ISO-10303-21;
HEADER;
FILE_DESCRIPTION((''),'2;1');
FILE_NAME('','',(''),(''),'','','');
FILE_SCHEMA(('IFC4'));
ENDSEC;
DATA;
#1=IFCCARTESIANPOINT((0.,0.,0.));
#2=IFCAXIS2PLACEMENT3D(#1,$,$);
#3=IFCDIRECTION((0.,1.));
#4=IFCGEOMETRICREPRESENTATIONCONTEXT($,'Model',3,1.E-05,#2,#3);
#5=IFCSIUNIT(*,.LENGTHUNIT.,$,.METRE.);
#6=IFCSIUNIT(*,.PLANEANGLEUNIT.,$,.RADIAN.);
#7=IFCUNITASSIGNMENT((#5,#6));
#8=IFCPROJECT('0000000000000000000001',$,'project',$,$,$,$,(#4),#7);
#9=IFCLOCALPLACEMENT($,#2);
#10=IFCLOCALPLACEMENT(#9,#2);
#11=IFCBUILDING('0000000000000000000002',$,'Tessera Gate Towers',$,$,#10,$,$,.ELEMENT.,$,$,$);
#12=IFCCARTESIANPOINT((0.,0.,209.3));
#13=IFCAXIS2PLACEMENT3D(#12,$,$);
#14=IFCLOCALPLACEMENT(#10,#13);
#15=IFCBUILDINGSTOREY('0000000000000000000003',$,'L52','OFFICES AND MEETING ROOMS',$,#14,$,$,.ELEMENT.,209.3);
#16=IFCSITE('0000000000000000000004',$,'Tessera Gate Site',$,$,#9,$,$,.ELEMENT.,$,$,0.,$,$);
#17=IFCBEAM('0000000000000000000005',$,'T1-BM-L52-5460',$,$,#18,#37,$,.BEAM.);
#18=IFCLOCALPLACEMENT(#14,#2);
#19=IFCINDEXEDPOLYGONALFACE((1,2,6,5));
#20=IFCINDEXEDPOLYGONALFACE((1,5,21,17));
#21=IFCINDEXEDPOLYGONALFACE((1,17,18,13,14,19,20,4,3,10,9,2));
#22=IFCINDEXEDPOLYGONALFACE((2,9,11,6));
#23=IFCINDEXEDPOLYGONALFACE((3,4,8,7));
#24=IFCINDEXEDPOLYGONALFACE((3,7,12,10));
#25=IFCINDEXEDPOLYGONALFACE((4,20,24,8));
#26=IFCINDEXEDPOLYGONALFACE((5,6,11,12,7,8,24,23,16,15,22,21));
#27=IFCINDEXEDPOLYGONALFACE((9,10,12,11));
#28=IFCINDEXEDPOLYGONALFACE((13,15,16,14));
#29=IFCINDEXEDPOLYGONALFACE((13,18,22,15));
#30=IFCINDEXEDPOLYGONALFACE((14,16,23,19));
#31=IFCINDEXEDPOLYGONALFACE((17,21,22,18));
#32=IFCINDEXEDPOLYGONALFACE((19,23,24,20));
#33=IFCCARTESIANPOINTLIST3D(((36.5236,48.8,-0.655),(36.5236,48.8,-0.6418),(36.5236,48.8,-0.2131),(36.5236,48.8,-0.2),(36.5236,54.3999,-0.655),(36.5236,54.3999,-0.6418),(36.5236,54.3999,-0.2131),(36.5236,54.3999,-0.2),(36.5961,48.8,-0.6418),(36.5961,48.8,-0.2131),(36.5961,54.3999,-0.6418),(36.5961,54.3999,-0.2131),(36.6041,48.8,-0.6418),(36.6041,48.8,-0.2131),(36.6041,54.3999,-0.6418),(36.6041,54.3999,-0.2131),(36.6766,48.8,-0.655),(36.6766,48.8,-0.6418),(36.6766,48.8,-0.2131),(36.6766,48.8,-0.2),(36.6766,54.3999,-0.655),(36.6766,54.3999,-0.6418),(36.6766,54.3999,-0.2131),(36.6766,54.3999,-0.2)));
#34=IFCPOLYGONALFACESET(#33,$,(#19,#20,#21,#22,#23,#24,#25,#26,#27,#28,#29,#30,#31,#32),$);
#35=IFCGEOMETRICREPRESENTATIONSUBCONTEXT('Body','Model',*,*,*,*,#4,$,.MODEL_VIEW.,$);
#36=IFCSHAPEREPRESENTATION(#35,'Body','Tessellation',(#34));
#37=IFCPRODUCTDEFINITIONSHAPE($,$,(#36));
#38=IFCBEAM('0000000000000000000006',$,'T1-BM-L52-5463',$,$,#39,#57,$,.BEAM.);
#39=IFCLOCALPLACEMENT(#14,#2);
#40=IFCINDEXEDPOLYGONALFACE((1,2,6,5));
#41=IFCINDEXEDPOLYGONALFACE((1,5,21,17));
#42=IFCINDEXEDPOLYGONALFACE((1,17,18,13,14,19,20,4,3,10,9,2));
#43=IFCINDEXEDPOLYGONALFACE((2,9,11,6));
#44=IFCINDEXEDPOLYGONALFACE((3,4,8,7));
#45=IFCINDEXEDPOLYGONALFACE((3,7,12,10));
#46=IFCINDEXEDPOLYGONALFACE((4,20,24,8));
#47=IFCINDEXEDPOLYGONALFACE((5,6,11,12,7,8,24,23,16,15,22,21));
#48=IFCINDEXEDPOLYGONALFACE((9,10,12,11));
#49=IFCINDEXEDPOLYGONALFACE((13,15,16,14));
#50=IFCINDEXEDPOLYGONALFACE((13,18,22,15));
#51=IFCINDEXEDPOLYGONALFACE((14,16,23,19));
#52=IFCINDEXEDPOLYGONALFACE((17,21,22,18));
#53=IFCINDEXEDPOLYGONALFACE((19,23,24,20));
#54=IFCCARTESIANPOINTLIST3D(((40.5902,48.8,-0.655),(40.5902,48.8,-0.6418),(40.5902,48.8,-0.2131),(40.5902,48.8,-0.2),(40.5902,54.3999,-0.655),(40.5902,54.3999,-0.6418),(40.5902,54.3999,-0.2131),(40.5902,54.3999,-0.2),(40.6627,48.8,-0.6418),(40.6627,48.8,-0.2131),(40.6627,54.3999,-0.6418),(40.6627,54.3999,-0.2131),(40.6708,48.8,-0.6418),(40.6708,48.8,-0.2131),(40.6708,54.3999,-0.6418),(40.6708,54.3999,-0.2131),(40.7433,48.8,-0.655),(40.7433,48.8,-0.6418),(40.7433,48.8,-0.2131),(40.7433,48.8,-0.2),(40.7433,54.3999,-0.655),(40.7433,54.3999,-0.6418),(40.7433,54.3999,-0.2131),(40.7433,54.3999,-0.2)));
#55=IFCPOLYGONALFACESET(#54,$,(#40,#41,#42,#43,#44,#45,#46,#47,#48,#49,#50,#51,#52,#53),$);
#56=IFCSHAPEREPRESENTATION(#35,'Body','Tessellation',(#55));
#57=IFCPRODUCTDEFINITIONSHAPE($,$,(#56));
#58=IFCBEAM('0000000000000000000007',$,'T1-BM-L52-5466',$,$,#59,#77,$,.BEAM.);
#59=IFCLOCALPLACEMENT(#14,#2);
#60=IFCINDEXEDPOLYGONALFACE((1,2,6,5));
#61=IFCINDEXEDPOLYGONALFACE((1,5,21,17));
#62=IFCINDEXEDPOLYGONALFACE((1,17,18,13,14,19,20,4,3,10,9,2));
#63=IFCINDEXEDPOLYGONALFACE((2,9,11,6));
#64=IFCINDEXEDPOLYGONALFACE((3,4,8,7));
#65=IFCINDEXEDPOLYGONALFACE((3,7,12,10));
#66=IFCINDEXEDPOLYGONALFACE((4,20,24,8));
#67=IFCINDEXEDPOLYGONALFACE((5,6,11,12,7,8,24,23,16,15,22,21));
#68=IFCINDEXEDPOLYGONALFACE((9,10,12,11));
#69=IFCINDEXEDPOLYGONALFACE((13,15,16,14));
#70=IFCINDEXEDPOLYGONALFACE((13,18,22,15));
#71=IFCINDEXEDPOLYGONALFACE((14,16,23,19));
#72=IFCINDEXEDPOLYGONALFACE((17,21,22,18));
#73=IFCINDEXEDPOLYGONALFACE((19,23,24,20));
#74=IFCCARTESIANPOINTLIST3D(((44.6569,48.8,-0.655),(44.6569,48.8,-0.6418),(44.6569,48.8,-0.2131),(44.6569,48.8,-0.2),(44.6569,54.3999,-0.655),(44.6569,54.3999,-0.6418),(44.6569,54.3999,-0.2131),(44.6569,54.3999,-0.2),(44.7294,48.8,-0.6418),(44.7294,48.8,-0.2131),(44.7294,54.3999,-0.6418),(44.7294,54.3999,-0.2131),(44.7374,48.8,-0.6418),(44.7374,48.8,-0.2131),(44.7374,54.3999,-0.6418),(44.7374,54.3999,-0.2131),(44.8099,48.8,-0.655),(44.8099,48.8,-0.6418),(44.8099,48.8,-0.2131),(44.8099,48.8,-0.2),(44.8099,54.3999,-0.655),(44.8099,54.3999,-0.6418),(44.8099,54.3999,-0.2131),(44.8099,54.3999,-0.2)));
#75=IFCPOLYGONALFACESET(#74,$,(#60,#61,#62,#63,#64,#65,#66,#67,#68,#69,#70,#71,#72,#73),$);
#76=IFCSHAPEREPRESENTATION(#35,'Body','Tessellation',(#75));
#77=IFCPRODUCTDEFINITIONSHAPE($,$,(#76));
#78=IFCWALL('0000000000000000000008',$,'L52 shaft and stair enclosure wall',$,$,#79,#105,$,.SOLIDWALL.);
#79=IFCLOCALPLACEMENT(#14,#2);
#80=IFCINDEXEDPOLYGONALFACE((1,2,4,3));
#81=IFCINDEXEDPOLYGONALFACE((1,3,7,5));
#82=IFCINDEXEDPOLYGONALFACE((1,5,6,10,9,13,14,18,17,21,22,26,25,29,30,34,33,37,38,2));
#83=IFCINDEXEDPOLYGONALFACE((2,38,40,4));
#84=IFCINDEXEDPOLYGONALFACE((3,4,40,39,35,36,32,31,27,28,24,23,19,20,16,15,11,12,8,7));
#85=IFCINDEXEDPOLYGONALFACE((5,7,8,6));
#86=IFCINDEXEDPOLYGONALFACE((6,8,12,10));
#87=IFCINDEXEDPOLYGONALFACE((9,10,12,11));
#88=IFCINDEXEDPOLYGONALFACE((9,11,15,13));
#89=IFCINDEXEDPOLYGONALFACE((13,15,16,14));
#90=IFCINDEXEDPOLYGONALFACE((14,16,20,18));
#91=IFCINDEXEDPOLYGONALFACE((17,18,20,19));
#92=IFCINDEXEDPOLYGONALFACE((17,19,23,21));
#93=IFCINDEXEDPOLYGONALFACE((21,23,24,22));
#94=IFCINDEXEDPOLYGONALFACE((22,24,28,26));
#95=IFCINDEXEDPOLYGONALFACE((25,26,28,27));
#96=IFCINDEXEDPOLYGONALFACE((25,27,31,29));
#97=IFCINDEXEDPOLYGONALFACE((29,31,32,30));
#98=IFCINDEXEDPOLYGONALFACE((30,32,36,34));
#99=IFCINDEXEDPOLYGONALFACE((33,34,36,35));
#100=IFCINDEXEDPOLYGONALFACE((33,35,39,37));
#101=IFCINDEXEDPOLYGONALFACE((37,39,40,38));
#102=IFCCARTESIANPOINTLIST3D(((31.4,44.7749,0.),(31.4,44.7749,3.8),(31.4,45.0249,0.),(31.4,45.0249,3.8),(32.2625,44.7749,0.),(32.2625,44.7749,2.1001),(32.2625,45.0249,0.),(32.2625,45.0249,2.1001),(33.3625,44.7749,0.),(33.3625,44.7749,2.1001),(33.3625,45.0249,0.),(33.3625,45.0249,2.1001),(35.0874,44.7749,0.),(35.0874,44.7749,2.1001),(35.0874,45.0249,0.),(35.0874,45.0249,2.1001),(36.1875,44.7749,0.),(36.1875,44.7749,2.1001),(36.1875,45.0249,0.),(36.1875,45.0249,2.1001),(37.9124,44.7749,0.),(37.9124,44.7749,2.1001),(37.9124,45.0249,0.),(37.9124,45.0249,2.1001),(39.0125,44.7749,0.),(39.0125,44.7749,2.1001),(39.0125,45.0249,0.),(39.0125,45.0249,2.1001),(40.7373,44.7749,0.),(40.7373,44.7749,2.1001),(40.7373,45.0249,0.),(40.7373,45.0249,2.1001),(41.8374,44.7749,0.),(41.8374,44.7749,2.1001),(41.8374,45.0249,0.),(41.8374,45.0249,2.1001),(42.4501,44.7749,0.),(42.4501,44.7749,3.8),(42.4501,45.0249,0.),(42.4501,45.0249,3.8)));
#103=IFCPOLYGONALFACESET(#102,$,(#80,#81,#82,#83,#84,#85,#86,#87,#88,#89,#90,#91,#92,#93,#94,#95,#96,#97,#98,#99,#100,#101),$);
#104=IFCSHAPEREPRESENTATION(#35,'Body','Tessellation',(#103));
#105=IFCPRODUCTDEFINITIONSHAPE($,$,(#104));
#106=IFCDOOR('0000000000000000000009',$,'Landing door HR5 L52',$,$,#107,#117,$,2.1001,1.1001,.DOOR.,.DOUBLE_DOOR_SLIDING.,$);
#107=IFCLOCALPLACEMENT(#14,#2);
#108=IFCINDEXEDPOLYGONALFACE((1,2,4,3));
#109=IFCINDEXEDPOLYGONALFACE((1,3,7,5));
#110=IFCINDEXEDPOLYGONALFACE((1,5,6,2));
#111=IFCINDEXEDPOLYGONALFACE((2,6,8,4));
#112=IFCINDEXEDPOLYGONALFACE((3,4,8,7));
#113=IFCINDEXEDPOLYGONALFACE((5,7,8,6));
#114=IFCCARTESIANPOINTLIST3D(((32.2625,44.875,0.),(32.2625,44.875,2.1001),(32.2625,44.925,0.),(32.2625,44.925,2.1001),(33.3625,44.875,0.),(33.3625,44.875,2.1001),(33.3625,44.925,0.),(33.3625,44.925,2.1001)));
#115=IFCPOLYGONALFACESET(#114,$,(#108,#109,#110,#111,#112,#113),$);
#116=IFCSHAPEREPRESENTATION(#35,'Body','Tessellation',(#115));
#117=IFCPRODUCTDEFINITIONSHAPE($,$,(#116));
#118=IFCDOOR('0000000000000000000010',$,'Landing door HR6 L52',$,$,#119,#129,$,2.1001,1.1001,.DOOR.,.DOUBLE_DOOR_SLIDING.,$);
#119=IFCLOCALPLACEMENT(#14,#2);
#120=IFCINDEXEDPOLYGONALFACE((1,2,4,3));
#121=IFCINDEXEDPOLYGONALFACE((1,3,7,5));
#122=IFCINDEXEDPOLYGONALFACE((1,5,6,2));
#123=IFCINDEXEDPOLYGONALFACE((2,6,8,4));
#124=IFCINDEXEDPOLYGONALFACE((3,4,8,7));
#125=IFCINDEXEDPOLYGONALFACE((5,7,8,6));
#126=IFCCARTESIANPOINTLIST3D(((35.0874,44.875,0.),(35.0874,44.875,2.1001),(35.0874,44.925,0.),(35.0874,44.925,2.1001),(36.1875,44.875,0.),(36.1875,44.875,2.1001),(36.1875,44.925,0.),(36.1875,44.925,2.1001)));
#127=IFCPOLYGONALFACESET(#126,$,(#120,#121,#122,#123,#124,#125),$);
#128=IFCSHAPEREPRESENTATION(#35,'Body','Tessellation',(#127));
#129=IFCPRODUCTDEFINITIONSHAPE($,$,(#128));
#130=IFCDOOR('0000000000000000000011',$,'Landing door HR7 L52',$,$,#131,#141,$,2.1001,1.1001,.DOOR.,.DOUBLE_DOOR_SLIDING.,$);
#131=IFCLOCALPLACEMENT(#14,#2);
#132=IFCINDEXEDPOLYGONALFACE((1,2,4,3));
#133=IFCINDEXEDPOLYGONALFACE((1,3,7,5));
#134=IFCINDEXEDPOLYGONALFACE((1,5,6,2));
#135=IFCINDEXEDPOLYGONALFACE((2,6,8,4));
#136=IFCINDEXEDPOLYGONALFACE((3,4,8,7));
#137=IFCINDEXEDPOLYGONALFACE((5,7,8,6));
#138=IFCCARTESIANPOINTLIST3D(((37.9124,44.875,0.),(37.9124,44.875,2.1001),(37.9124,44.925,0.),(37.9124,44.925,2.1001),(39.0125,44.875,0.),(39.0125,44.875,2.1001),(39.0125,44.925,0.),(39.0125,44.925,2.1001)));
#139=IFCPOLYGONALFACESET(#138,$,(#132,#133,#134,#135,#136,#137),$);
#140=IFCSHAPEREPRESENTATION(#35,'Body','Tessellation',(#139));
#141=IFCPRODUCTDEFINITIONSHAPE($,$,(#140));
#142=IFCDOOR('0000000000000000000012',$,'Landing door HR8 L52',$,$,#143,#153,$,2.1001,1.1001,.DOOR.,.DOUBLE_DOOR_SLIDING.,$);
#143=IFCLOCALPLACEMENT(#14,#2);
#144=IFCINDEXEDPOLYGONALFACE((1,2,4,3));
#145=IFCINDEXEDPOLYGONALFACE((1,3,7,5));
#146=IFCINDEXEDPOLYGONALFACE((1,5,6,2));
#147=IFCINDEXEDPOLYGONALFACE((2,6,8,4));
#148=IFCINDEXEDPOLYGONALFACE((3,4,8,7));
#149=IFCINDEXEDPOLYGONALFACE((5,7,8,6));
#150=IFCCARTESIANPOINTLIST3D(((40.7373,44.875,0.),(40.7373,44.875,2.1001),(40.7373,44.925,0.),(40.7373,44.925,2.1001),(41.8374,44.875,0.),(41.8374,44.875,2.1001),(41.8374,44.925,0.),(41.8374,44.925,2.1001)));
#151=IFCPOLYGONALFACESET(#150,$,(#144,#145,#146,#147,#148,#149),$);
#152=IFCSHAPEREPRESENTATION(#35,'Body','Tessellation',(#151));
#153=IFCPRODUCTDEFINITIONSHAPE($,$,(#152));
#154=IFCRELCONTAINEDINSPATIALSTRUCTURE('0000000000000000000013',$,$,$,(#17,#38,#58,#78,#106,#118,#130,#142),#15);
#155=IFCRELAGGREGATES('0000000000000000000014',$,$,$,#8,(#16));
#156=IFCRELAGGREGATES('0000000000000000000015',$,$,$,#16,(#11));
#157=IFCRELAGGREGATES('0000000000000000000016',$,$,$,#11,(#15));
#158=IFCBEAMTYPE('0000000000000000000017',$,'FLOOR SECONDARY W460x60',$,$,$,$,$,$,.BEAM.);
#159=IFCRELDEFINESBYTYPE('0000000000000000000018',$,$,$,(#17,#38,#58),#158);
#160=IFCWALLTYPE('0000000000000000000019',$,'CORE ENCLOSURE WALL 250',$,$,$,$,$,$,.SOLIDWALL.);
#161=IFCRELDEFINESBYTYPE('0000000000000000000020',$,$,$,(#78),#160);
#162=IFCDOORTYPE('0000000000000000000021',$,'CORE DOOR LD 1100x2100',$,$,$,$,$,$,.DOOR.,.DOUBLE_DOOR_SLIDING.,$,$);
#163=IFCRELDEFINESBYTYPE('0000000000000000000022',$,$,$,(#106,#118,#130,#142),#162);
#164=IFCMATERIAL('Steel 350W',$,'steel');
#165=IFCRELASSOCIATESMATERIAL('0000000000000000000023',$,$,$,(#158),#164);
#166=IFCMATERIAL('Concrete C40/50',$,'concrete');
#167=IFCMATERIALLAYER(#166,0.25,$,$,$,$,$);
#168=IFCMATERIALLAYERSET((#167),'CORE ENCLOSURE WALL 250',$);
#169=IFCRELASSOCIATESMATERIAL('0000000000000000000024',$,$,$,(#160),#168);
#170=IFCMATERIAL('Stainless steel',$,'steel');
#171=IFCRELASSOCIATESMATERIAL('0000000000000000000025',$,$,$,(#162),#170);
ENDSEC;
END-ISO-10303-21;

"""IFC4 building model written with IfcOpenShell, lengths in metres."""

from ifc_helpers import new_model, si_unit, direction, frame, frame_2d, origin, origin_2d, place, context, subcontext, project, spatial, rectangle, i_section, extrude, source, transform, mapped, material, layer, layer_set, material_profile, profile_set, type_object, element, fill, save


model = new_model("IFC4")

# Units and contexts
model_context = context("Model", 3, precision=1e-05, world=origin(), true_north=direction((0.0, 1.0)))
body_context = subcontext(model_context, "Body", "Model", "MODEL_VIEW")
ifc_project = project(units=[si_unit("LENGTHUNIT", "METRE"), si_unit("PLANEANGLEUNIT", "RADIAN")], contexts=[model_context])

# Site, building, storey
site_placement = place(None, origin())
site = spatial("IfcSite", under=ifc_project, at=site_placement, Name="Tessera Gate Site", CompositionType="ELEMENT", RefElevation=0.0)
building_placement = place(site_placement, origin())
building = spatial("IfcBuilding", under=site, at=building_placement, Name="Tessera Gate Towers", CompositionType="ELEMENT")
storey_placement = place(building_placement, frame((0.0, 0.0, 209.3)))
storey = spatial("IfcBuildingStorey", under=building, at=storey_placement, Name="L52", Description="OFFICES AND MEETING ROOMS", CompositionType="ELEMENT", Elevation=209.3)

# Beams
ifc_material_1 = material(Name="Steel 350W", Category="steel")
ifc_material_profile = material_profile(ifc_material_1, i_section(OverallWidth=0.1531, OverallDepth=0.4551, WebThickness=0.0081, FlangeThickness=0.0132, at=origin_2d()), Name="W460x60")
ifc_profile_set = profile_set([ifc_material_profile], Name="Steel 350W")
beam_type = type_object("IfcBeamType", Name="FLOOR SECONDARY W460x60", PredefinedType="BEAM", material=ifc_profile_set)
for number, where, z_axis, x_axis, name in (
    (1, (36.6001, 48.8, -0.4275), (0.0, 1.0, 0.0), (-1.0, 0.0, 0.0), "T1-BM-L52-5460"),
    (2, (40.6667, 48.8, -0.4275), (0.0, 1.0, 0.0), (-1.0, 0.0, 0.0), "T1-BM-L52-5463"),
    (3, (44.7334, 48.8, -0.4275), (0.0, 1.0, 0.0), (-1.0, 0.0, 0.0), "T1-BM-L52-5466"),
):
    element("IfcBeam", number, at=place(storey_placement, frame(where, z_axis=z_axis, x_axis=x_axis)), inside=storey, type_object=beam_type, Name=name, PredefinedType="BEAM", context=body_context, shape_type="SweptSolid", body=[
        extrude(i_section(OverallWidth=0.1531, OverallDepth=0.4551, WebThickness=0.0081, FlangeThickness=0.0132, at=origin_2d()), origin(), (0.0, 0.0, 1.0), 5.5999),
    ])

# Wall, openings, doors
ifc_material_2 = material(Name="Concrete C40/50", Category="concrete")
ifc_layer_1 = layer(ifc_material_2, 0.25)
ifc_layer_set_1 = layer_set([ifc_layer_1], Name="CORE ENCLOSURE WALL 250")
wall_type_1 = type_object("IfcWallType", Name="CORE ENCLOSURE WALL 250", PredefinedType="SOLIDWALL", material=ifc_layer_set_1)
wall_1_placement = place(storey_placement, frame((42.45, 44.8999, 0.0), z_axis=(0.0, 0.0, 1.0), x_axis=(-1.0, 0.0, 0.0)))
wall_1 = element("IfcWall", 4, at=wall_1_placement, inside=storey, type_object=wall_type_1, Name="L52 shaft and stair enclosure wall", PredefinedType="SOLIDWALL", context=body_context, shape_type="SweptSolid", body=[
    extrude(rectangle(XDim=11.05, YDim=0.25, at=frame_2d((5.5249, 0.0))), origin(), (0.0, 0.0, 1.0), 3.8),
])
shared_shape_1 = source(origin(), body_context, "Body", "SweptSolid", [
    extrude(rectangle(XDim=1.1001, YDim=2.1001, at=frame_2d((0.55, 1.05))), frame((0.0, 0.135, 0.0), z_axis=(0.0, -1.0, 0.0), x_axis=(1.0, 0.0, 0.0)), (0.0, 0.0, 1.0), 0.27),
])
opening_1_placement = place(wall_1_placement, frame((9.0874, 0.0, 0.0)))
opening_1 = element("IfcOpeningElement", 5, at=opening_1_placement, cuts=wall_1, PredefinedType="OPENING", context=body_context, shape_type="MappedRepresentation", body=[
    mapped(shared_shape_1, transform((0.0, 0.0, 0.0), scale=1.0)),
])
opening_2_placement = place(wall_1_placement, frame((6.2625, 0.0, 0.0)))
opening_2 = element("IfcOpeningElement", 6, at=opening_2_placement, cuts=wall_1, PredefinedType="OPENING", context=body_context, shape_type="MappedRepresentation", body=[
    mapped(shared_shape_1, transform((0.0, 0.0, 0.0), scale=1.0)),
])
opening_3_placement = place(wall_1_placement, frame((3.4375, 0.0, 0.0)))
opening_3 = element("IfcOpeningElement", 7, at=opening_3_placement, cuts=wall_1, PredefinedType="OPENING", context=body_context, shape_type="MappedRepresentation", body=[
    mapped(shared_shape_1, transform((0.0, 0.0, 0.0), scale=1.0)),
])
opening_4_placement = place(wall_1_placement, frame((0.6125, 0.0, 0.0)))
opening_4 = element("IfcOpeningElement", 8, at=opening_4_placement, cuts=wall_1, PredefinedType="OPENING", context=body_context, shape_type="MappedRepresentation", body=[
    mapped(shared_shape_1, transform((0.0, 0.0, 0.0), scale=1.0)),
])
ifc_material_3 = material(Name="Stainless steel", Category="steel")
door_type_1 = type_object("IfcDoorType", Name="CORE DOOR LD 1100x2100", OperationType="DOUBLE_DOOR_SLIDING", PredefinedType="DOOR", material=ifc_material_3)
shared_shape_2 = source(origin(), body_context, "Body", "SweptSolid", [
    extrude(rectangle(XDim=1.1001, YDim=2.1001, at=frame_2d((0.55, 1.05))), frame((0.0, 0.0249, 0.0), z_axis=(0.0, -1.0, 0.0), x_axis=(1.0, 0.0, 0.0)), (0.0, 0.0, 1.0), 0.05),
])
door_1_placement = place(opening_1_placement, origin())
door_1 = element("IfcDoor", 9, at=door_1_placement, inside=storey, type_object=door_type_1, Name="Landing door HR5 L52", OperationType="DOUBLE_DOOR_SLIDING", OverallHeight=2.1001, OverallWidth=1.1001, PredefinedType="DOOR", context=body_context, shape_type="MappedRepresentation", body=[
    mapped(shared_shape_2, transform((0.0, 0.0, 0.0), scale=1.0)),
])
fill(opening_1, door_1)
door_2_placement = place(opening_2_placement, origin())
door_2 = element("IfcDoor", 10, at=door_2_placement, inside=storey, type_object=door_type_1, Name="Landing door HR6 L52", OperationType="DOUBLE_DOOR_SLIDING", OverallHeight=2.1001, OverallWidth=1.1001, PredefinedType="DOOR", context=body_context, shape_type="MappedRepresentation", body=[
    mapped(shared_shape_2, transform((0.0, 0.0, 0.0), scale=1.0)),
])
fill(opening_2, door_2)
door_3_placement = place(opening_3_placement, origin())
door_3 = element("IfcDoor", 11, at=door_3_placement, inside=storey, type_object=door_type_1, Name="Landing door HR7 L52", OperationType="DOUBLE_DOOR_SLIDING", OverallHeight=2.1001, OverallWidth=1.1001, PredefinedType="DOOR", context=body_context, shape_type="MappedRepresentation", body=[
    mapped(shared_shape_2, transform((0.0, 0.0, 0.0), scale=1.0)),
])
fill(opening_3, door_3)
door_4_placement = place(opening_4_placement, origin())
door_4 = element("IfcDoor", 12, at=door_4_placement, inside=storey, type_object=door_type_1, Name="Landing door HR8 L52", OperationType="DOUBLE_DOOR_SLIDING", OverallHeight=2.1001, OverallWidth=1.1001, PredefinedType="DOOR", context=body_context, shape_type="MappedRepresentation", body=[
    mapped(shared_shape_2, transform((0.0, 0.0, 0.0), scale=1.0)),
])
fill(opening_4, door_4)

save(model, "model.ifc")
